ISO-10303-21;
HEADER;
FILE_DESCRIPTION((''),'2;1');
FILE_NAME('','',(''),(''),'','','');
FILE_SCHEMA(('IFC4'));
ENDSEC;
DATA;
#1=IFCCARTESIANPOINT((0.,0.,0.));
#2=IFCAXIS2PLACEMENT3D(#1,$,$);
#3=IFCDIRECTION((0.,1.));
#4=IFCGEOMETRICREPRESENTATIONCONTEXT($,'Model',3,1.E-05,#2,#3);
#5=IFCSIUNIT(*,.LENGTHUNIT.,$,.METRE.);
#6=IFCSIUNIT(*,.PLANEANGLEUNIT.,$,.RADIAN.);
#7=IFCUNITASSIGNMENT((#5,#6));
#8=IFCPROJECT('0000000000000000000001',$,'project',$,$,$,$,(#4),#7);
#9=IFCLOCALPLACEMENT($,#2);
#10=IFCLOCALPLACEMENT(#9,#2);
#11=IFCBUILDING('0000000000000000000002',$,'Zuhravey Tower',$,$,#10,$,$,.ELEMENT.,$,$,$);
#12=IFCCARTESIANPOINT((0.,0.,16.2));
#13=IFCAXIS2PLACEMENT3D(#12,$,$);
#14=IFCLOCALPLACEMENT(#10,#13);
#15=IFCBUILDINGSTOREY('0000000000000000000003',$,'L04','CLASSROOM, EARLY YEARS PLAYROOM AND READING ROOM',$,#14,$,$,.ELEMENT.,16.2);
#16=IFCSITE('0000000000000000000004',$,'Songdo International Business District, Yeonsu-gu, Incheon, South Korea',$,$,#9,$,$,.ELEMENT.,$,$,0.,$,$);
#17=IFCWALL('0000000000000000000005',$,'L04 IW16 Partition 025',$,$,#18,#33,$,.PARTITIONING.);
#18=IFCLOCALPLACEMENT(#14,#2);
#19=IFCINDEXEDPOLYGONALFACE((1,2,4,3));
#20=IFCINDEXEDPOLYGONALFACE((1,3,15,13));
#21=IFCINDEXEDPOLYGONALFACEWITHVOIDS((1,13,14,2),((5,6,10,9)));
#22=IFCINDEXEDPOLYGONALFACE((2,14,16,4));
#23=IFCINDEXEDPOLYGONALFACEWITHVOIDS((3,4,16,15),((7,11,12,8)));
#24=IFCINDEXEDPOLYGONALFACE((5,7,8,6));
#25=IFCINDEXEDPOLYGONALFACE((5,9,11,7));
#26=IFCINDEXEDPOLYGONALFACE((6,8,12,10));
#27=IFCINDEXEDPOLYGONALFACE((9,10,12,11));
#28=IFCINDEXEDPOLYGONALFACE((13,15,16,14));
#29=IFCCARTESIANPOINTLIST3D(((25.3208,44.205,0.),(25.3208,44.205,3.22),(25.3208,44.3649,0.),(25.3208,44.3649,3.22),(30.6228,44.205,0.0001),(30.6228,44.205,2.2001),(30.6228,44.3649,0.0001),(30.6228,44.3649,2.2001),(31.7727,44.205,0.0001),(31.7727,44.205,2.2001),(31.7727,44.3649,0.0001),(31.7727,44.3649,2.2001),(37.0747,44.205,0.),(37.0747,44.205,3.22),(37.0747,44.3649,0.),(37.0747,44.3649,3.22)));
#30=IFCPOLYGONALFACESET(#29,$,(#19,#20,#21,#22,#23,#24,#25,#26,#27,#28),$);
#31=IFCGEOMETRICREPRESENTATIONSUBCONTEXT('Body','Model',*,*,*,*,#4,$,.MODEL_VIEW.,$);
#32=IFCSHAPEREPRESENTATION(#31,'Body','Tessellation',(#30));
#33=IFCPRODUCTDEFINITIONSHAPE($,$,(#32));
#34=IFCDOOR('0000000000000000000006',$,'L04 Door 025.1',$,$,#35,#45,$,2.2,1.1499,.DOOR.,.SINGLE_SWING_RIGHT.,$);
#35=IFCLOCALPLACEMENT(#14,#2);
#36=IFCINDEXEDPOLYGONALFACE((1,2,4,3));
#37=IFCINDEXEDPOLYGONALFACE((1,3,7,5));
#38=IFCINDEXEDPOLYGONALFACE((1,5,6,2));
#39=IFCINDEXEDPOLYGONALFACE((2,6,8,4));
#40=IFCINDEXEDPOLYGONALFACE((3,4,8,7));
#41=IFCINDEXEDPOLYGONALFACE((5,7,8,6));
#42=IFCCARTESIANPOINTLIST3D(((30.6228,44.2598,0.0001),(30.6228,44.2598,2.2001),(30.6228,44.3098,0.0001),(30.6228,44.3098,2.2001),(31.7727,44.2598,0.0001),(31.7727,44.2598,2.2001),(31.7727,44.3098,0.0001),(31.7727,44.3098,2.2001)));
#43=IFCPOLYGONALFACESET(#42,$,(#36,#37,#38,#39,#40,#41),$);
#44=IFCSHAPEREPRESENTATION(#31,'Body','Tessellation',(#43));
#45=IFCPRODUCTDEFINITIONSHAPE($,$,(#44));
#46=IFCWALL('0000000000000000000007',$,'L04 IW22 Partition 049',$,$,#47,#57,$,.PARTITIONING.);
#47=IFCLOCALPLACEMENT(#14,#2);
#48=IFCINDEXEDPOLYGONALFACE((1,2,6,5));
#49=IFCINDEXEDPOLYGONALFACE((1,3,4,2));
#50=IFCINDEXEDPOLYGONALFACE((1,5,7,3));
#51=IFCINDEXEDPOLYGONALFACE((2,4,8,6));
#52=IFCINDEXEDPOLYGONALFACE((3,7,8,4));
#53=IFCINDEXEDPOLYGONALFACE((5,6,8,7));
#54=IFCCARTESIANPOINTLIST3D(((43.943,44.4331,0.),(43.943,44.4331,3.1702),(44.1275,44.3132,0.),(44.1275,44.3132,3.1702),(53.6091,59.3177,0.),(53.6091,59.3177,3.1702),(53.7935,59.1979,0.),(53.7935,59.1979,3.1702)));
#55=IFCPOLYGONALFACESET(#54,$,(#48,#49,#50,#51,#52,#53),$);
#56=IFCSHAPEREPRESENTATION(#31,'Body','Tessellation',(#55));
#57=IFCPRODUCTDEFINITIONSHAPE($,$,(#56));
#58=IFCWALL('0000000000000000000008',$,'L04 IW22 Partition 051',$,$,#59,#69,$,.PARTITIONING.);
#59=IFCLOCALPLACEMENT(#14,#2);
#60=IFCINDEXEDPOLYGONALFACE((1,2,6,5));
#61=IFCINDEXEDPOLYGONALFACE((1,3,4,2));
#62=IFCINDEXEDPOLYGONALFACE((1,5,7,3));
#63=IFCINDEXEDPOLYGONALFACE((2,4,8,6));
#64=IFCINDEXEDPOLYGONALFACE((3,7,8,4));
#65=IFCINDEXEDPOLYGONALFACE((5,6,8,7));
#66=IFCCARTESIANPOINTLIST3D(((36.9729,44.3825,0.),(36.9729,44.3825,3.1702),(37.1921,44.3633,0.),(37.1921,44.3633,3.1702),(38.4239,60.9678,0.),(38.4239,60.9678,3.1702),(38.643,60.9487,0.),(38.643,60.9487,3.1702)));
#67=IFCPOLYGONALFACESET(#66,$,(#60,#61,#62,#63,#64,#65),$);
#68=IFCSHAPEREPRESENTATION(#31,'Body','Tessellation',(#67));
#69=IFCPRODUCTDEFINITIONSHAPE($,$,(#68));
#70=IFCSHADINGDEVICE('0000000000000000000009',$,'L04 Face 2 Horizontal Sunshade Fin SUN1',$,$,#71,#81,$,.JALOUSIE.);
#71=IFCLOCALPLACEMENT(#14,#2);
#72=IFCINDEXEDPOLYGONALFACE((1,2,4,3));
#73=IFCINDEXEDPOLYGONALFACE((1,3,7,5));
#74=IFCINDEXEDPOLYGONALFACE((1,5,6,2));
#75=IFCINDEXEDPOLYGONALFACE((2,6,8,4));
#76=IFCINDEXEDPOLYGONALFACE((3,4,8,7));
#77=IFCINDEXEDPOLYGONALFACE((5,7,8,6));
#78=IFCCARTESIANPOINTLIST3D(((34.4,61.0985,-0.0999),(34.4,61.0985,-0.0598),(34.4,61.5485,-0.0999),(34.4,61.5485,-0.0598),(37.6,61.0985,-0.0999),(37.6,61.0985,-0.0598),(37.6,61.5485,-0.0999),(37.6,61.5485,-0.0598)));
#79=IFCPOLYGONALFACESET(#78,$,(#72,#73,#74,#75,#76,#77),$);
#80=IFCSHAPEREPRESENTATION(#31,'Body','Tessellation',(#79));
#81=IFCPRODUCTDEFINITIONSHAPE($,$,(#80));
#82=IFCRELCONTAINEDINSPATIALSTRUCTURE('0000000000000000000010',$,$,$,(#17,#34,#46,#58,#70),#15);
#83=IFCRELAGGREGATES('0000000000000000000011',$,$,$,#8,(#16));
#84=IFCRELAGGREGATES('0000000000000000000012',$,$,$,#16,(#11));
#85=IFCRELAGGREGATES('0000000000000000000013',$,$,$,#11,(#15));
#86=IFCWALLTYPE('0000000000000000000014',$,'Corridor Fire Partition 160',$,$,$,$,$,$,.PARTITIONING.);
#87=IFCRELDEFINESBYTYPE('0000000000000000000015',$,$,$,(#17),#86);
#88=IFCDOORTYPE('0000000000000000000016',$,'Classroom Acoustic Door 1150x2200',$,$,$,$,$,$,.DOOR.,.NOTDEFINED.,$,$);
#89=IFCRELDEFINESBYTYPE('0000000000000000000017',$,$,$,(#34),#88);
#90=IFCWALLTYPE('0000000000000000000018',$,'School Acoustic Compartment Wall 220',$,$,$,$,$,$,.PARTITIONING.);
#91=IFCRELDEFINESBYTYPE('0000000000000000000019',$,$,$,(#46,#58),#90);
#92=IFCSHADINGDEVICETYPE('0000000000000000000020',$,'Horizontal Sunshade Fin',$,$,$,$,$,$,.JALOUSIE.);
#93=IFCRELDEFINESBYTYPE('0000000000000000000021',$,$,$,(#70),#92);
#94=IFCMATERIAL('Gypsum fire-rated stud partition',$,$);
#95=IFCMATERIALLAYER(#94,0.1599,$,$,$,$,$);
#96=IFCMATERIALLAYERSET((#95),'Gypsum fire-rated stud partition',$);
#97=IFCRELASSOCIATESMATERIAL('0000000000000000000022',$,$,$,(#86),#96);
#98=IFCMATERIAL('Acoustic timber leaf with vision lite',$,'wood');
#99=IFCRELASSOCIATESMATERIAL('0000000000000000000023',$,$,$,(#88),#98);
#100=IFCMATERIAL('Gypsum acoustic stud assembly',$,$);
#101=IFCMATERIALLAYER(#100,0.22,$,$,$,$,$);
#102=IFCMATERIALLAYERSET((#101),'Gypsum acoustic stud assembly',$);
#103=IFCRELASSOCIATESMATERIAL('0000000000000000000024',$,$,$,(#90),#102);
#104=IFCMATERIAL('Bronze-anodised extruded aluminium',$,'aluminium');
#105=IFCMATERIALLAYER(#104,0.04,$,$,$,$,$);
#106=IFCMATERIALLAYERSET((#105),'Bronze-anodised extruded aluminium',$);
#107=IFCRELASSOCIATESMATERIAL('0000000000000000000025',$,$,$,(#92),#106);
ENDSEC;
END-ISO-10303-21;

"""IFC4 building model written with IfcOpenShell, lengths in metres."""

from ifc_helpers import new_model, si_unit, direction, frame, frame_2d, origin, origin_2d, place, context, subcontext, project, spatial, rectangle, extrude, material, layer, layer_set, type_object, element, fill, save


model = new_model("IFC4")

# Units and contexts
model_context = context("Model", 3, precision=1e-05, world=origin(), true_north=direction((0.0, 1.0)))
body_context = subcontext(model_context, "Body", "Model", "MODEL_VIEW")
ifc_project = project(units=[si_unit("LENGTHUNIT", "METRE"), si_unit("PLANEANGLEUNIT", "RADIAN")], contexts=[model_context])

# Site, building, storey
site_placement = place(None, origin())
site = spatial("IfcSite", under=ifc_project, at=site_placement, Name="Songdo International Business District, Yeonsu-gu, Incheon, South Korea", CompositionType="ELEMENT", RefElevation=0.0)
building_placement = place(site_placement, origin())
building = spatial("IfcBuilding", under=site, at=building_placement, Name="Zuhravey Tower", CompositionType="ELEMENT")
storey_placement = place(building_placement, frame((0.0, 0.0, 16.2)))
storey = spatial("IfcBuildingStorey", under=building, at=storey_placement, Name="L04", Description="CLASSROOM, EARLY YEARS PLAYROOM AND READING ROOM", CompositionType="ELEMENT", Elevation=16.2)

# Wall, opening, door
ifc_material_1 = material(Name="Gypsum fire-rated stud partition")
ifc_layer_1 = layer(ifc_material_1, 0.1599)
ifc_layer_set_1 = layer_set([ifc_layer_1], Name="Gypsum fire-rated stud partition")
wall_type_1 = type_object("IfcWallType", Name="Corridor Fire Partition 160", PredefinedType="PARTITIONING", material=ifc_layer_set_1)
ifc_material_2 = material(Name="Acoustic timber leaf with vision lite", Category="wood")
door_type = type_object("IfcDoorType", Name="Classroom Acoustic Door 1150x2200", OperationType="NOTDEFINED", PredefinedType="DOOR", material=ifc_material_2)
wall_1_placement = place(storey_placement, frame((37.0747, 44.2849, 0.0), z_axis=(0.0, 0.0, 1.0), x_axis=(-1.0, 0.0, 0.0)))
wall_1 = element("IfcWall", 1, at=wall_1_placement, inside=storey, type_object=wall_type_1, Name="L04 IW16 Partition 025", PredefinedType="PARTITIONING", context=body_context, shape_type="SweptSolid", body=[
    extrude(rectangle(XDim=11.7539, YDim=0.1599, at=frame_2d((5.877, 0.0))), origin(), (0.0, 0.0, 1.0), 3.22),
])
opening_1_placement = place(wall_1_placement, frame((5.302, 0.0, 0.0)))
opening_1 = element("IfcOpeningElement", 2, at=opening_1_placement, cuts=wall_1, PredefinedType="OPENING", context=body_context, shape_type="SweptSolid", body=[
    extrude(rectangle(XDim=1.1499, YDim=2.2, at=frame_2d((0.575, 1.1001))), frame((0.0, 0.092, 0.0), z_axis=(0.0, -1.0, 0.0), x_axis=(1.0, 0.0, 0.0)), (0.0, 0.0, 1.0), 0.1838),
])
door_1_placement = place(opening_1_placement, frame((1.1499, 0.0, 0.0), z_axis=(0.0, 0.0, 1.0), x_axis=(-1.0, 0.0, 0.0)))
door_1 = element("IfcDoor", 3, at=door_1_placement, inside=storey, type_object=door_type, Name="L04 Door 025.1", OperationType="SINGLE_SWING_RIGHT", OverallHeight=2.2, OverallWidth=1.1499, PredefinedType="DOOR", context=body_context, shape_type="SweptSolid", body=[
    extrude(rectangle(XDim=1.1499, YDim=2.2, at=frame_2d((0.575, 1.1001))), frame((0.0, 0.0249, 0.0), z_axis=(0.0, -1.0, 0.0), x_axis=(1.0, 0.0, 0.0)), (0.0, 0.0, 1.0), 0.05),
])
fill(opening_1, door_1)

# Walls
ifc_material_3 = material(Name="Gypsum acoustic stud assembly")
ifc_layer_2 = layer(ifc_material_3, 0.22)
ifc_layer_set_2 = layer_set([ifc_layer_2], Name="Gypsum acoustic stud assembly")
wall_type_2 = type_object("IfcWallType", Name="School Acoustic Compartment Wall 220", PredefinedType="PARTITIONING", material=ifc_layer_set_2)
wall_2_placement = place(storey_placement, frame((44.0352, 44.373, 0.0), z_axis=(0.0, 0.0, 1.0), x_axis=(0.544635, 0.838673, 0.0)))
element("IfcWall", 4, at=wall_2_placement, inside=storey, type_object=wall_type_2, Name="L04 IW22 Partition 049", PredefinedType="PARTITIONING", context=body_context, shape_type="SweptSolid", body=[
    extrude(rectangle(XDim=17.7478, YDim=0.22, at=frame_2d((8.874, 0.0))), origin(), (0.0, 0.0, 1.0), 3.1702),
])
wall_3_placement = place(storey_placement, frame((37.0825, 44.373, 0.0), z_axis=(0.0, 0.0, 1.0), x_axis=(0.087149, 0.996195, 0.0)))
element("IfcWall", 5, at=wall_3_placement, inside=storey, type_object=wall_type_2, Name="L04 IW22 Partition 051", PredefinedType="PARTITIONING", context=body_context, shape_type="SweptSolid", body=[
    extrude(rectangle(XDim=16.6487, YDim=0.22, at=frame_2d((8.3242, 0.0))), origin(), (0.0, 0.0, 1.0), 3.1702),
])

# Shading device
ifc_material_4 = material(Name="Bronze-anodised extruded aluminium", Category="aluminium")
ifc_layer_3 = layer(ifc_material_4, 0.04)
ifc_layer_set_3 = layer_set([ifc_layer_3], Name="Bronze-anodised extruded aluminium")
shading_device_type = type_object("IfcShadingDeviceType", Name="Horizontal Sunshade Fin", PredefinedType="JALOUSIE", material=ifc_layer_set_3)
shading_device_placement = place(storey_placement, frame((36.0, 61.3235, -0.0999), z_axis=(0.0, 0.0, 1.0), x_axis=(1.0, 0.0, 0.0)))
element("IfcShadingDevice", 6, at=shading_device_placement, inside=storey, type_object=shading_device_type, Name="L04 Face 2 Horizontal Sunshade Fin SUN1", PredefinedType="JALOUSIE", context=body_context, shape_type="SweptSolid", body=[
    extrude(rectangle(XDim=3.2, YDim=0.45, at=origin_2d()), origin(), (0.0, 0.0, 1.0), 0.04),
])

save(model, "model.ifc")
